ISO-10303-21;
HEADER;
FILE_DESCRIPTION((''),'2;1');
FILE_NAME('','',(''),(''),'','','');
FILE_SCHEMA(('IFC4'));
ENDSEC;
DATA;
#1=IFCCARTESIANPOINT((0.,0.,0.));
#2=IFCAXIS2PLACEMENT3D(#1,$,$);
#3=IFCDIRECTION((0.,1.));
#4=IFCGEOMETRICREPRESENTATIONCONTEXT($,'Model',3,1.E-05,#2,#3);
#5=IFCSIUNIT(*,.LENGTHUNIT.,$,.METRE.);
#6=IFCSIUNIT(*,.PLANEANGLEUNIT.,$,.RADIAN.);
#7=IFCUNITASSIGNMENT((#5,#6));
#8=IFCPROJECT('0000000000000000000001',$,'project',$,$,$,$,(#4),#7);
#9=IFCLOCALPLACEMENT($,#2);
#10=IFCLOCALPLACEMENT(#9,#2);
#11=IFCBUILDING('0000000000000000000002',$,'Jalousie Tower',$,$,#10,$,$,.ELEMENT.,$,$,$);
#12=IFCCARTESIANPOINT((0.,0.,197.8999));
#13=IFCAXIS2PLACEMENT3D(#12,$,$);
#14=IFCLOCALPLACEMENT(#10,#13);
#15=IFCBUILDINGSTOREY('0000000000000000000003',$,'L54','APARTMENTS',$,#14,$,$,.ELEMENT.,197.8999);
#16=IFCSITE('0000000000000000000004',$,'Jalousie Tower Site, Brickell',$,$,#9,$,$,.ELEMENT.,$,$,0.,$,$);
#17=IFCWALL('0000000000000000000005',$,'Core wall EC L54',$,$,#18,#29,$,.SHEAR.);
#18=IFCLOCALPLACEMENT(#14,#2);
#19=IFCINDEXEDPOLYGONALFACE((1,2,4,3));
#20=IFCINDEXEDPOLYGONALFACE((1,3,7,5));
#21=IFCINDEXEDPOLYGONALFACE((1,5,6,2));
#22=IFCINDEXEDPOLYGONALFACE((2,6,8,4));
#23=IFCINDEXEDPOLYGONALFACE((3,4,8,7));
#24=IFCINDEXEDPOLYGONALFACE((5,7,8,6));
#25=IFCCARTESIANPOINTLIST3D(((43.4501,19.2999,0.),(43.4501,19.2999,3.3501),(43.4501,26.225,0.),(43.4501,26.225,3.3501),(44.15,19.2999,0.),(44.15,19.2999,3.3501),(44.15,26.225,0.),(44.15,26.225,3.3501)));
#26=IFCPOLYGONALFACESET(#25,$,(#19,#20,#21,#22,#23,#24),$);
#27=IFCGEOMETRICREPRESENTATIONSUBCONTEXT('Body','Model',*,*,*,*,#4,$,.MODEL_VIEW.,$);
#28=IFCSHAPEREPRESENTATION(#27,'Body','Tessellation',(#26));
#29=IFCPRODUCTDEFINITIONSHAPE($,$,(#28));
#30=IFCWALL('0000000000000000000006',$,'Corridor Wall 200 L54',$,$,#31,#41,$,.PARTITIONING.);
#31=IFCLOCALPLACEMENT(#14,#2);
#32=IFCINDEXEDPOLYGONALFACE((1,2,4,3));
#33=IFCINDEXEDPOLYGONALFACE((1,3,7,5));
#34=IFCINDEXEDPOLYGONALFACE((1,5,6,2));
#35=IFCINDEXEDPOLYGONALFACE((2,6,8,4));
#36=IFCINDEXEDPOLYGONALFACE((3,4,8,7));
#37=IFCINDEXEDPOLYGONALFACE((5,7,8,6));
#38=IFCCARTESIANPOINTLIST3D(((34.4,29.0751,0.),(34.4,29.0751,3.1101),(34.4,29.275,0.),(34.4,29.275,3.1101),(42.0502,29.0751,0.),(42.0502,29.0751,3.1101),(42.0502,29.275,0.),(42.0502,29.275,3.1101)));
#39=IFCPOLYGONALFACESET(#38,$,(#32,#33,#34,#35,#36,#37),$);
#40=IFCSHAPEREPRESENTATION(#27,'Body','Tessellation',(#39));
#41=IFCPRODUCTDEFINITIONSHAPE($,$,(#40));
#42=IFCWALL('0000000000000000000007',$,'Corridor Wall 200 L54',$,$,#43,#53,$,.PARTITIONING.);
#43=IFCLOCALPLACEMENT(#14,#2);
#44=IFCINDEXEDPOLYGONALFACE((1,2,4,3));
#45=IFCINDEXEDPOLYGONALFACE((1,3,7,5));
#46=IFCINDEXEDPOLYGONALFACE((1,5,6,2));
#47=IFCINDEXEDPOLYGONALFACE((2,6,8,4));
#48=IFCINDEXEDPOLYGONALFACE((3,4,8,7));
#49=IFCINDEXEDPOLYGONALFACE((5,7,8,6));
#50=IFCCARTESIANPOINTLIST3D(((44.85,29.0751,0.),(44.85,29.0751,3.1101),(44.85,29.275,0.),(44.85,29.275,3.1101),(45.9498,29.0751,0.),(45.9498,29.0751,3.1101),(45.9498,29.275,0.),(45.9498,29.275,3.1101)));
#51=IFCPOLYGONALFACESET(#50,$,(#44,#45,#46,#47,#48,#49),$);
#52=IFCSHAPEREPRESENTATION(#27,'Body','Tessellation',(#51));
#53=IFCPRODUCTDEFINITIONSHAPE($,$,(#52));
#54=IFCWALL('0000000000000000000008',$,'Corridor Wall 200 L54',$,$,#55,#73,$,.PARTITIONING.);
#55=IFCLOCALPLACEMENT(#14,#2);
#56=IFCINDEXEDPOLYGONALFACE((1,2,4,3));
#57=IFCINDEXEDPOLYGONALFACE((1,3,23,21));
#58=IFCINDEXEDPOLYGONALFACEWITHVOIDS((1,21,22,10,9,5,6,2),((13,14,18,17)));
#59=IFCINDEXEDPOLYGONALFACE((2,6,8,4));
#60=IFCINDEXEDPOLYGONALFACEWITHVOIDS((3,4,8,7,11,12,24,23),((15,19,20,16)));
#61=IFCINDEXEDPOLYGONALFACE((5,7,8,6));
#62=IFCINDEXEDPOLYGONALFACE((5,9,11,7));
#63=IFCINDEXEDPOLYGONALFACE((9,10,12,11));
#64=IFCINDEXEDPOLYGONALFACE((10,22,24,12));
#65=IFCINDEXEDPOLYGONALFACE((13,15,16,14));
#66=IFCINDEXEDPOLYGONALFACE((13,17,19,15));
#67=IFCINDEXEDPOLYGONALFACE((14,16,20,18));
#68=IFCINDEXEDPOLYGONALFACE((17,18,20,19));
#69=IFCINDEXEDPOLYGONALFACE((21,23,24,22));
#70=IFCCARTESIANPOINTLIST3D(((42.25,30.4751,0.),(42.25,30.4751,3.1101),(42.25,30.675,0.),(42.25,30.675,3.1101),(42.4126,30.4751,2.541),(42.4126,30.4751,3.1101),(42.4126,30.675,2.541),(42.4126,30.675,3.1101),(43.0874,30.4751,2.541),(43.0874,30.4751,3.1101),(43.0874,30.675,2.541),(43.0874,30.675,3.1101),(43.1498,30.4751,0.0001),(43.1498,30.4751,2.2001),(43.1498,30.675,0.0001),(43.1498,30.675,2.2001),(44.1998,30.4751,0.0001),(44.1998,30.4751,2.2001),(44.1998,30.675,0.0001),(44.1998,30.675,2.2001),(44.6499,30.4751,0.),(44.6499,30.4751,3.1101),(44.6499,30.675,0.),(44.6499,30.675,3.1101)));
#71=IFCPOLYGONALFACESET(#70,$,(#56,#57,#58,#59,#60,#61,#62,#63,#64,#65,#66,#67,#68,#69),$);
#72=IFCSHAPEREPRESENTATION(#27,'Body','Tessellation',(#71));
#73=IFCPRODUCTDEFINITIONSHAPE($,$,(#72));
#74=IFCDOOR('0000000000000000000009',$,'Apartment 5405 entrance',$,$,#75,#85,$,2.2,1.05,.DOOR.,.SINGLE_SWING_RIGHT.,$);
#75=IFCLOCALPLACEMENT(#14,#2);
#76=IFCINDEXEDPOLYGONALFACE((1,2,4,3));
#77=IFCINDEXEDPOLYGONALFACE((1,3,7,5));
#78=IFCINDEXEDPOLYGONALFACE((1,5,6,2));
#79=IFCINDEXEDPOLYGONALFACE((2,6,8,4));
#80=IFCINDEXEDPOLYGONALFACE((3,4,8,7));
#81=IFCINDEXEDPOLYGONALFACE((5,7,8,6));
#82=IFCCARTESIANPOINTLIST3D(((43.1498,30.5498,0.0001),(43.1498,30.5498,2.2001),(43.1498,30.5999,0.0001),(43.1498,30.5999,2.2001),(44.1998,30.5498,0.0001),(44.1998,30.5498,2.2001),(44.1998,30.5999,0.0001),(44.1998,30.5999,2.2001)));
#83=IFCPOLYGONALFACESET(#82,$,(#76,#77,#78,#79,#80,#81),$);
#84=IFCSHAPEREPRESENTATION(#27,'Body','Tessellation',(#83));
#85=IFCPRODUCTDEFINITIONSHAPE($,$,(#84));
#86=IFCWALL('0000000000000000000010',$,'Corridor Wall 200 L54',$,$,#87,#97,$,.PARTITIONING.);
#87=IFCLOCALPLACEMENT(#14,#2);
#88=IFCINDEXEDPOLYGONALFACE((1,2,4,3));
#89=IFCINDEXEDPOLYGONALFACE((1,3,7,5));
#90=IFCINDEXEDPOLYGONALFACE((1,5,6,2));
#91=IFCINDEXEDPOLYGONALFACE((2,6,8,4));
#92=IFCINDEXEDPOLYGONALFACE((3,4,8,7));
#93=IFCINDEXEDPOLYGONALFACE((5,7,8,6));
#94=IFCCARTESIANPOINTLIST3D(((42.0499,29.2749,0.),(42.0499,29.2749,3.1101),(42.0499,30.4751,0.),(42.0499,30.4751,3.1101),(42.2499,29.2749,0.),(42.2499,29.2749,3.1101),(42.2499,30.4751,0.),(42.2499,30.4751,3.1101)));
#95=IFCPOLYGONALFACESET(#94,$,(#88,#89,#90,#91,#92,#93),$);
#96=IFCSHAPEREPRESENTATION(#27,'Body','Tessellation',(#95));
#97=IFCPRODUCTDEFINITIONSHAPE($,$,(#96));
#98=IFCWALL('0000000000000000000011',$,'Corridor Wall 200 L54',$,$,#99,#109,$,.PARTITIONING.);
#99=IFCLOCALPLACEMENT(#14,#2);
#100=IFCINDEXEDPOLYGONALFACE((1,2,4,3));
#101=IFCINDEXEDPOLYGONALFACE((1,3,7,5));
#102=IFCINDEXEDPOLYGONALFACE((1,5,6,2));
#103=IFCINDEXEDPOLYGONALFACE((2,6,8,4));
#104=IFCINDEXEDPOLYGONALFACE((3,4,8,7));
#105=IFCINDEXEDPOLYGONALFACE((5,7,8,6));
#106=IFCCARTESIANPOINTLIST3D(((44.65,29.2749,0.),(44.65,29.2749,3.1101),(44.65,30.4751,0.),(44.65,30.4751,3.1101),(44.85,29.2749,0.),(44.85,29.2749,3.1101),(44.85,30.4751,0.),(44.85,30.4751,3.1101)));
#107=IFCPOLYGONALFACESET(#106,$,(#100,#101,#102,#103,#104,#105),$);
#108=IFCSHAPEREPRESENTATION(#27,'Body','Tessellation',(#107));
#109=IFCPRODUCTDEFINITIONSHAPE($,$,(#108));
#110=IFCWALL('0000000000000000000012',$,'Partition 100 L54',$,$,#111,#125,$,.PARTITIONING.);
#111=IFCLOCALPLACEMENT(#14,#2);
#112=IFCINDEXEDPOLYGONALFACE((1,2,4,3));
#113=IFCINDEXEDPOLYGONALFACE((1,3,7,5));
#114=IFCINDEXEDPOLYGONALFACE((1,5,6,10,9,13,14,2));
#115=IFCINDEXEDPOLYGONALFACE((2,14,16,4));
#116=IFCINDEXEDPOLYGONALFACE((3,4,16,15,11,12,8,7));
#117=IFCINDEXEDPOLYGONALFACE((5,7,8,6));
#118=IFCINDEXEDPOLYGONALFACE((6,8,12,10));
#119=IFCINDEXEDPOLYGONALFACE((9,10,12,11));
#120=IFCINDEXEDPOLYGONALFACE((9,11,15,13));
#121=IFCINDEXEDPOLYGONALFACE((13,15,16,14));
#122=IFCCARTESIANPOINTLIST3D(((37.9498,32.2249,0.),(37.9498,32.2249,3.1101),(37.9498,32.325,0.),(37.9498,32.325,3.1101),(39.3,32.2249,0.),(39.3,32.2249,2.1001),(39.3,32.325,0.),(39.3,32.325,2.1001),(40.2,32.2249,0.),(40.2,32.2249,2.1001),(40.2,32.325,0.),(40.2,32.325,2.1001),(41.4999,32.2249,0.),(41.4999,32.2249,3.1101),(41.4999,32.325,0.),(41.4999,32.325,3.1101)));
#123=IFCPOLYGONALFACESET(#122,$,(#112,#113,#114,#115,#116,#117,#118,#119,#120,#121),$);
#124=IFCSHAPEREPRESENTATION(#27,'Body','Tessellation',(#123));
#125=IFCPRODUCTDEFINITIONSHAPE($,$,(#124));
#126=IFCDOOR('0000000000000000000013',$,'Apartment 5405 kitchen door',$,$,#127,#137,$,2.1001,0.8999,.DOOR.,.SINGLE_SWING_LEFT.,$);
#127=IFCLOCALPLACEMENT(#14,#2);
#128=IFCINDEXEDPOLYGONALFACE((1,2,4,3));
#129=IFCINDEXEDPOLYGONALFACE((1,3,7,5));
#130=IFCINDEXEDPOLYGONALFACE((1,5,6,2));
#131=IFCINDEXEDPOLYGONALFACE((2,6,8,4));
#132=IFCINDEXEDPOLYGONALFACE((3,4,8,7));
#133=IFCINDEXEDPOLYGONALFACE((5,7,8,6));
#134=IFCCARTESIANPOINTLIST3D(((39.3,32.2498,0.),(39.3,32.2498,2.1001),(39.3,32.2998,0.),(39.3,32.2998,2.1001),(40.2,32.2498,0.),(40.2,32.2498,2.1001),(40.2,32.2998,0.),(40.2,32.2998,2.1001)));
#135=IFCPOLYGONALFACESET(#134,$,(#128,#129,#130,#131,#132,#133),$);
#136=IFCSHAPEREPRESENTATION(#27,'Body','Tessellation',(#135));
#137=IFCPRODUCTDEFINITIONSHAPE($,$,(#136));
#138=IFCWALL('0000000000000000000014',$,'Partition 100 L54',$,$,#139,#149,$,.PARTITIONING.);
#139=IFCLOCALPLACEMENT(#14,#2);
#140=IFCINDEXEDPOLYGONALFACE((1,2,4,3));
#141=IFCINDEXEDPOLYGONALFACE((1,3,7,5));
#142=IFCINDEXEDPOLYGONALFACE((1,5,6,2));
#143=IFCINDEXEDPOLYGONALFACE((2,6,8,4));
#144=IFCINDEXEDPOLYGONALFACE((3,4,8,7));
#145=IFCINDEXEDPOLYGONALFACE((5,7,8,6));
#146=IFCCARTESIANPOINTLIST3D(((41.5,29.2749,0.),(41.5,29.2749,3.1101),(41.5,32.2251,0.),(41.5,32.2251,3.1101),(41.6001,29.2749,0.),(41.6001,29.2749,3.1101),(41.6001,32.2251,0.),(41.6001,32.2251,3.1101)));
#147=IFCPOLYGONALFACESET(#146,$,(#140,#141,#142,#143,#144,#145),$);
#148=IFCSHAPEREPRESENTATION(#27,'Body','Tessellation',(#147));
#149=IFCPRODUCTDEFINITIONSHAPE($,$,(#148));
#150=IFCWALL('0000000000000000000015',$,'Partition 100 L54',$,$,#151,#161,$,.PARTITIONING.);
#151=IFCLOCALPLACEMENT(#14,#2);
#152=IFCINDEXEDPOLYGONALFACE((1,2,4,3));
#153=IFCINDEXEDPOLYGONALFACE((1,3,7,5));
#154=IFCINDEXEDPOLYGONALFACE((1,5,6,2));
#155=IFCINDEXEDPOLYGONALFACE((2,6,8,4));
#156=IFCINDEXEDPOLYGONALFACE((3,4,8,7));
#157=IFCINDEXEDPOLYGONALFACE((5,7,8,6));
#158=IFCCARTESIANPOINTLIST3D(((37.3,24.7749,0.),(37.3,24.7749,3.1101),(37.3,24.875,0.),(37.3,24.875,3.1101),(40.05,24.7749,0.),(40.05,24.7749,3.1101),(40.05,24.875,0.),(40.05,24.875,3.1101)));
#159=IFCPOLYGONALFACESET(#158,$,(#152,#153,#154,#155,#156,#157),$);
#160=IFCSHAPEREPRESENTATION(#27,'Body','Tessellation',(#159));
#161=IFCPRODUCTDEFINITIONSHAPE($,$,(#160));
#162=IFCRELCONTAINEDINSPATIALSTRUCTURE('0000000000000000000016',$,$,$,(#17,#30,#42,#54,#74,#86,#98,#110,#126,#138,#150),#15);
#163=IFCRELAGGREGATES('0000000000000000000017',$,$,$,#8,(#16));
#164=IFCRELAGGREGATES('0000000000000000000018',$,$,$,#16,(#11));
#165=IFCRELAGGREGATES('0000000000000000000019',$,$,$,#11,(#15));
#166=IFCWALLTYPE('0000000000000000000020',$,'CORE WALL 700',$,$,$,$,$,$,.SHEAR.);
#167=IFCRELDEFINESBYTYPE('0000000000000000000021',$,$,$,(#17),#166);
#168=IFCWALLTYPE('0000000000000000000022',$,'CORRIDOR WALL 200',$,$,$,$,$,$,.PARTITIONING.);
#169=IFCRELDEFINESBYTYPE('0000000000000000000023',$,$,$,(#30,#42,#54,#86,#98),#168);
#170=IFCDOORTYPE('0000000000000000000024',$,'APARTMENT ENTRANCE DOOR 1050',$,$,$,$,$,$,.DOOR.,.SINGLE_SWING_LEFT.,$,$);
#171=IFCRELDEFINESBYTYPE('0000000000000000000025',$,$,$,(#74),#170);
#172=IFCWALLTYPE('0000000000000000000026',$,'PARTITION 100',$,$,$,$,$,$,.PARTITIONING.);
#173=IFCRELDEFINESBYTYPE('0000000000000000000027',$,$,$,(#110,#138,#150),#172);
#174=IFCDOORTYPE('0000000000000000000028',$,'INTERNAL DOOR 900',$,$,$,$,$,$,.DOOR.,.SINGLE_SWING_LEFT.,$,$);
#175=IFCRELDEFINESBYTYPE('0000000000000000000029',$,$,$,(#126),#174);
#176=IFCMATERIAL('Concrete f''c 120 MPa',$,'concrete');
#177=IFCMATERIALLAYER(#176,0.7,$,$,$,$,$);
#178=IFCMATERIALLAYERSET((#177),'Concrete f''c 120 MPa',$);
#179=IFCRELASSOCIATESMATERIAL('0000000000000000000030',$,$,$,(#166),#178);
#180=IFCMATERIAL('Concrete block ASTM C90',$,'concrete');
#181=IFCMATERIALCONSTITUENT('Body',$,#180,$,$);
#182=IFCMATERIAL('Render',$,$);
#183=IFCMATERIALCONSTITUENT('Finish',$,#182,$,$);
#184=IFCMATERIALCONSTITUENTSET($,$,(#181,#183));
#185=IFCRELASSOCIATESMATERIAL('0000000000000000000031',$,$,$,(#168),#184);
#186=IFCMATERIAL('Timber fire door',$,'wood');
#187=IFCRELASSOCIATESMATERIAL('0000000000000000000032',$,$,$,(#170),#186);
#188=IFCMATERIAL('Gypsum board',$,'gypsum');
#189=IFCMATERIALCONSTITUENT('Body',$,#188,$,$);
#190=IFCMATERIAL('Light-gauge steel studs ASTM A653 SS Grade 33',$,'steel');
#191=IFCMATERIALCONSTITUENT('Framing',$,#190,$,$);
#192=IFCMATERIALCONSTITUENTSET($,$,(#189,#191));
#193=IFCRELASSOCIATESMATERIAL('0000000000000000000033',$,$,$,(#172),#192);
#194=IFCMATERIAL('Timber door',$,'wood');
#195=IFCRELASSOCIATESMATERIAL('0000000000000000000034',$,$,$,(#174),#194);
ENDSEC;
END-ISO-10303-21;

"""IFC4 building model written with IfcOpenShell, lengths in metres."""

from ifc_helpers import new_model, si_unit, direction, frame, frame_2d, origin, place, context, subcontext, project, spatial, polyline, rectangle, outline, extrude, material, layer, layer_set, constituent, constituent_set, type_object, element, fill, save


model = new_model("IFC4")

# Units and contexts
model_context = context("Model", 3, precision=1e-05, world=origin(), true_north=direction((0.0, 1.0)))
body_context = subcontext(model_context, "Body", "Model", "MODEL_VIEW")
ifc_project = project(units=[si_unit("LENGTHUNIT", "METRE"), si_unit("PLANEANGLEUNIT", "RADIAN")], contexts=[model_context])

# Site, building, storey
site_placement = place(None, origin())
site = spatial("IfcSite", under=ifc_project, at=site_placement, Name="Jalousie Tower Site, Brickell", CompositionType="ELEMENT", RefElevation=0.0)
building_placement = place(site_placement, origin())
building = spatial("IfcBuilding", under=site, at=building_placement, Name="Jalousie Tower", CompositionType="ELEMENT")
storey_placement = place(building_placement, frame((0.0, 0.0, 197.8999)))
storey = spatial("IfcBuildingStorey", under=building, at=storey_placement, Name="L54", Description="APARTMENTS", CompositionType="ELEMENT", Elevation=197.8999)

# Walls
ifc_material_1 = material(Name="Concrete f'c 120 MPa", Category="concrete")
ifc_layer_1 = layer(ifc_material_1, 0.7)
ifc_layer_set_1 = layer_set([ifc_layer_1], Name="Concrete f'c 120 MPa")
wall_type_1 = type_object("IfcWallType", Name="CORE WALL 700", PredefinedType="SHEAR", material=ifc_layer_set_1)
wall_1_placement = place(storey_placement, frame((43.8, 19.3, 0.0), z_axis=(0.0, 0.0, 1.0), x_axis=(0.0, 1.0, 0.0)))
element("IfcWall", 1, at=wall_1_placement, inside=storey, type_object=wall_type_1, Name="Core wall EC L54", PredefinedType="SHEAR", context=body_context, shape_type="SweptSolid", body=[
    extrude(rectangle(XDim=6.925, YDim=0.7, at=frame_2d((3.4624, 0.0))), origin(), (0.0, 0.0, 1.0), 3.3501),
])
ifc_material_2 = material(Name="Concrete block ASTM C90", Category="concrete")
ifc_constituent_1 = constituent(ifc_material_2, Name="Body")
ifc_material_3 = material(Name="Render")
ifc_constituent_2 = constituent(ifc_material_3, Name="Finish")
ifc_constituent_set_1 = constituent_set(constituents=[ifc_constituent_1, ifc_constituent_2])
wall_type_2 = type_object("IfcWallType", Name="CORRIDOR WALL 200", PredefinedType="PARTITIONING", material=ifc_constituent_set_1)
wall_2_placement = place(storey_placement, frame((34.3999, 29.175, 0.0), z_axis=(0.0, 0.0, 1.0), x_axis=(1.0, 0.0, 0.0)))
element("IfcWall", 2, at=wall_2_placement, inside=storey, type_object=wall_type_2, Name="Corridor Wall 200 L54", PredefinedType="PARTITIONING", context=body_context, shape_type="SweptSolid", body=[
    extrude(rectangle(XDim=7.6501, YDim=0.2, at=frame_2d((3.8252, 0.0))), origin(), (0.0, 0.0, 1.0), 3.1101),
])
wall_3_placement = place(storey_placement, frame((44.8501, 29.175, 0.0), z_axis=(0.0, 0.0, 1.0), x_axis=(1.0, 0.0, 0.0)))
element("IfcWall", 3, at=wall_3_placement, inside=storey, type_object=wall_type_2, Name="Corridor Wall 200 L54", PredefinedType="PARTITIONING", context=body_context, shape_type="SweptSolid", body=[
    extrude(rectangle(XDim=1.0999, YDim=0.2, at=frame_2d((0.5498, 0.0))), origin(), (0.0, 0.0, 1.0), 3.1101),
])

# Wall, opening, door
wall_4_placement = place(storey_placement, frame((42.25, 30.575, 0.0), z_axis=(0.0, 0.0, 1.0), x_axis=(1.0, 0.0, 0.0)))
wall_4 = element("IfcWall", 4, at=wall_4_placement, inside=storey, type_object=wall_type_2, Name="Corridor Wall 200 L54", PredefinedType="PARTITIONING", context=body_context, shape_type="SweptSolid", body=[
    extrude(outline(polyline([(0.0, 0.0), (2.3999, 0.0), (2.3999, 3.1101), (0.8374, 3.1101), (0.8374, 2.541), (0.1626, 2.541), (0.1626, 3.1101), (0.0, 3.1101), (0.0, 0.0)])), frame((0.0, 0.1001, 0.0), z_axis=(0.0, -1.0, 0.0), x_axis=(1.0, 0.0, 0.0)), (0.0, 0.0, 1.0), 0.2),
])
opening_1_placement = place(wall_4_placement, frame((0.8999, 0.0, 0.0)))
opening_1 = element("IfcOpeningElement", 5, at=opening_1_placement, cuts=wall_4, PredefinedType="OPENING", context=body_context, shape_type="SweptSolid", body=[
    extrude(rectangle(XDim=1.05, YDim=2.2, at=frame_2d((0.5249, 1.1001))), frame((0.0, 0.1099, 0.0), z_axis=(0.0, -1.0, 0.0), x_axis=(1.0, 0.0, 0.0)), (0.0, 0.0, 1.0), 0.22),
])
ifc_material_4 = material(Name="Timber fire door", Category="wood")
door_type_1 = type_object("IfcDoorType", Name="APARTMENT ENTRANCE DOOR 1050", OperationType="SINGLE_SWING_LEFT", PredefinedType="DOOR", material=ifc_material_4)
door_1_placement = place(opening_1_placement, origin())
door_1 = element("IfcDoor", 6, at=door_1_placement, inside=storey, type_object=door_type_1, Name="Apartment 5405 entrance", OperationType="SINGLE_SWING_RIGHT", OverallHeight=2.2, OverallWidth=1.05, PredefinedType="DOOR", context=body_context, shape_type="SweptSolid", body=[
    extrude(rectangle(XDim=1.05, YDim=2.2, at=frame_2d((0.5249, 1.1001))), frame((0.0, 0.0249, 0.0), z_axis=(0.0, -1.0, 0.0), x_axis=(1.0, 0.0, 0.0)), (0.0, 0.0, 1.0), 0.05),
])
fill(opening_1, door_1)

# Walls
for number, where, z_axis, x_axis, name in (
    (7, (42.1499, 29.2749, 0.0), (0.0, 0.0, 1.0), (0.0, 1.0, 0.0), "Corridor Wall 200 L54"),
    (8, (44.75, 29.2749, 0.0), (0.0, 0.0, 1.0), (0.0, 1.0, 0.0), "Corridor Wall 200 L54"),
):
    element("IfcWall", number, at=place(storey_placement, frame(where, z_axis=z_axis, x_axis=x_axis)), inside=storey, type_object=wall_type_2, Name=name, PredefinedType="PARTITIONING", context=body_context, shape_type="SweptSolid", body=[
        extrude(rectangle(XDim=1.2002, YDim=0.2, at=frame_2d((0.6001, 0.0))), origin(), (0.0, 0.0, 1.0), 3.1101),
    ])

# Wall, opening, door
ifc_material_5 = material(Name="Gypsum board", Category="gypsum")
ifc_constituent_3 = constituent(ifc_material_5, Name="Body")
ifc_material_6 = material(Name="Light-gauge steel studs ASTM A653 SS Grade 33", Category="steel")
ifc_constituent_4 = constituent(ifc_material_6, Name="Framing")
ifc_constituent_set_2 = constituent_set(constituents=[ifc_constituent_3, ifc_constituent_4])
wall_type_3 = type_object("IfcWallType", Name="PARTITION 100", PredefinedType="PARTITIONING", material=ifc_constituent_set_2)
wall_5_placement = place(storey_placement, frame((37.95, 32.2749, 0.0), z_axis=(0.0, 0.0, 1.0), x_axis=(1.0, 0.0, 0.0)))
wall_5 = element("IfcWall", 9, at=wall_5_placement, inside=storey, type_object=wall_type_3, Name="Partition 100 L54", PredefinedType="PARTITIONING", context=body_context, shape_type="SweptSolid", body=[
    extrude(rectangle(XDim=3.55, YDim=0.1001, at=frame_2d((1.7749, 0.0))), origin(), (0.0, 0.0, 1.0), 3.1101),
])
opening_2_placement = place(wall_5_placement, frame((1.3501, 0.0, 0.0)))
opening_2 = element("IfcOpeningElement", 10, at=opening_2_placement, cuts=wall_5, PredefinedType="OPENING", context=body_context, shape_type="SweptSolid", body=[
    extrude(rectangle(XDim=0.8999, YDim=2.1001, at=frame_2d((0.45, 1.05))), frame((0.0, 0.0601, 0.0), z_axis=(0.0, -1.0, 0.0), x_axis=(1.0, 0.0, 0.0)), (0.0, 0.0, 1.0), 0.1201),
])
ifc_material_7 = material(Name="Timber door", Category="wood")
door_type_2 = type_object("IfcDoorType", Name="INTERNAL DOOR 900", OperationType="SINGLE_SWING_LEFT", PredefinedType="DOOR", material=ifc_material_7)
door_2_placement = place(opening_2_placement, origin())
door_2 = element("IfcDoor", 11, at=door_2_placement, inside=storey, type_object=door_type_2, Name="Apartment 5405 kitchen door", OperationType="SINGLE_SWING_LEFT", OverallHeight=2.1001, OverallWidth=0.8999, PredefinedType="DOOR", context=body_context, shape_type="SweptSolid", body=[
    extrude(rectangle(XDim=0.8999, YDim=2.1001, at=frame_2d((0.45, 1.05))), frame((0.0, 0.0249, 0.0), z_axis=(0.0, -1.0, 0.0), x_axis=(1.0, 0.0, 0.0)), (0.0, 0.0, 1.0), 0.05),
])
fill(opening_2, door_2)

# Walls
wall_6_placement = place(storey_placement, frame((41.55, 32.2251, 0.0), z_axis=(0.0, 0.0, 1.0), x_axis=(0.0, -1.0, 0.0)))
element("IfcWall", 12, at=wall_6_placement, inside=storey, type_object=wall_type_3, Name="Partition 100 L54", PredefinedType="PARTITIONING", context=body_context, shape_type="SweptSolid", body=[
    extrude(rectangle(XDim=2.9502, YDim=0.1001, at=frame_2d((1.4751, 0.0))), origin(), (0.0, 0.0, 1.0), 3.1101),
])
wall_7_placement = place(storey_placement, frame((37.3, 24.825, 0.0), z_axis=(0.0, 0.0, 1.0), x_axis=(1.0, 0.0, 0.0)))
element("IfcWall", 13, at=wall_7_placement, inside=storey, type_object=wall_type_3, Name="Partition 100 L54", PredefinedType="PARTITIONING", context=body_context, shape_type="SweptSolid", body=[
    extrude(rectangle(XDim=2.75, YDim=0.1001, at=frame_2d((1.375, 0.0))), origin(), (0.0, 0.0, 1.0), 3.1101),
])

save(model, "model.ifc")
